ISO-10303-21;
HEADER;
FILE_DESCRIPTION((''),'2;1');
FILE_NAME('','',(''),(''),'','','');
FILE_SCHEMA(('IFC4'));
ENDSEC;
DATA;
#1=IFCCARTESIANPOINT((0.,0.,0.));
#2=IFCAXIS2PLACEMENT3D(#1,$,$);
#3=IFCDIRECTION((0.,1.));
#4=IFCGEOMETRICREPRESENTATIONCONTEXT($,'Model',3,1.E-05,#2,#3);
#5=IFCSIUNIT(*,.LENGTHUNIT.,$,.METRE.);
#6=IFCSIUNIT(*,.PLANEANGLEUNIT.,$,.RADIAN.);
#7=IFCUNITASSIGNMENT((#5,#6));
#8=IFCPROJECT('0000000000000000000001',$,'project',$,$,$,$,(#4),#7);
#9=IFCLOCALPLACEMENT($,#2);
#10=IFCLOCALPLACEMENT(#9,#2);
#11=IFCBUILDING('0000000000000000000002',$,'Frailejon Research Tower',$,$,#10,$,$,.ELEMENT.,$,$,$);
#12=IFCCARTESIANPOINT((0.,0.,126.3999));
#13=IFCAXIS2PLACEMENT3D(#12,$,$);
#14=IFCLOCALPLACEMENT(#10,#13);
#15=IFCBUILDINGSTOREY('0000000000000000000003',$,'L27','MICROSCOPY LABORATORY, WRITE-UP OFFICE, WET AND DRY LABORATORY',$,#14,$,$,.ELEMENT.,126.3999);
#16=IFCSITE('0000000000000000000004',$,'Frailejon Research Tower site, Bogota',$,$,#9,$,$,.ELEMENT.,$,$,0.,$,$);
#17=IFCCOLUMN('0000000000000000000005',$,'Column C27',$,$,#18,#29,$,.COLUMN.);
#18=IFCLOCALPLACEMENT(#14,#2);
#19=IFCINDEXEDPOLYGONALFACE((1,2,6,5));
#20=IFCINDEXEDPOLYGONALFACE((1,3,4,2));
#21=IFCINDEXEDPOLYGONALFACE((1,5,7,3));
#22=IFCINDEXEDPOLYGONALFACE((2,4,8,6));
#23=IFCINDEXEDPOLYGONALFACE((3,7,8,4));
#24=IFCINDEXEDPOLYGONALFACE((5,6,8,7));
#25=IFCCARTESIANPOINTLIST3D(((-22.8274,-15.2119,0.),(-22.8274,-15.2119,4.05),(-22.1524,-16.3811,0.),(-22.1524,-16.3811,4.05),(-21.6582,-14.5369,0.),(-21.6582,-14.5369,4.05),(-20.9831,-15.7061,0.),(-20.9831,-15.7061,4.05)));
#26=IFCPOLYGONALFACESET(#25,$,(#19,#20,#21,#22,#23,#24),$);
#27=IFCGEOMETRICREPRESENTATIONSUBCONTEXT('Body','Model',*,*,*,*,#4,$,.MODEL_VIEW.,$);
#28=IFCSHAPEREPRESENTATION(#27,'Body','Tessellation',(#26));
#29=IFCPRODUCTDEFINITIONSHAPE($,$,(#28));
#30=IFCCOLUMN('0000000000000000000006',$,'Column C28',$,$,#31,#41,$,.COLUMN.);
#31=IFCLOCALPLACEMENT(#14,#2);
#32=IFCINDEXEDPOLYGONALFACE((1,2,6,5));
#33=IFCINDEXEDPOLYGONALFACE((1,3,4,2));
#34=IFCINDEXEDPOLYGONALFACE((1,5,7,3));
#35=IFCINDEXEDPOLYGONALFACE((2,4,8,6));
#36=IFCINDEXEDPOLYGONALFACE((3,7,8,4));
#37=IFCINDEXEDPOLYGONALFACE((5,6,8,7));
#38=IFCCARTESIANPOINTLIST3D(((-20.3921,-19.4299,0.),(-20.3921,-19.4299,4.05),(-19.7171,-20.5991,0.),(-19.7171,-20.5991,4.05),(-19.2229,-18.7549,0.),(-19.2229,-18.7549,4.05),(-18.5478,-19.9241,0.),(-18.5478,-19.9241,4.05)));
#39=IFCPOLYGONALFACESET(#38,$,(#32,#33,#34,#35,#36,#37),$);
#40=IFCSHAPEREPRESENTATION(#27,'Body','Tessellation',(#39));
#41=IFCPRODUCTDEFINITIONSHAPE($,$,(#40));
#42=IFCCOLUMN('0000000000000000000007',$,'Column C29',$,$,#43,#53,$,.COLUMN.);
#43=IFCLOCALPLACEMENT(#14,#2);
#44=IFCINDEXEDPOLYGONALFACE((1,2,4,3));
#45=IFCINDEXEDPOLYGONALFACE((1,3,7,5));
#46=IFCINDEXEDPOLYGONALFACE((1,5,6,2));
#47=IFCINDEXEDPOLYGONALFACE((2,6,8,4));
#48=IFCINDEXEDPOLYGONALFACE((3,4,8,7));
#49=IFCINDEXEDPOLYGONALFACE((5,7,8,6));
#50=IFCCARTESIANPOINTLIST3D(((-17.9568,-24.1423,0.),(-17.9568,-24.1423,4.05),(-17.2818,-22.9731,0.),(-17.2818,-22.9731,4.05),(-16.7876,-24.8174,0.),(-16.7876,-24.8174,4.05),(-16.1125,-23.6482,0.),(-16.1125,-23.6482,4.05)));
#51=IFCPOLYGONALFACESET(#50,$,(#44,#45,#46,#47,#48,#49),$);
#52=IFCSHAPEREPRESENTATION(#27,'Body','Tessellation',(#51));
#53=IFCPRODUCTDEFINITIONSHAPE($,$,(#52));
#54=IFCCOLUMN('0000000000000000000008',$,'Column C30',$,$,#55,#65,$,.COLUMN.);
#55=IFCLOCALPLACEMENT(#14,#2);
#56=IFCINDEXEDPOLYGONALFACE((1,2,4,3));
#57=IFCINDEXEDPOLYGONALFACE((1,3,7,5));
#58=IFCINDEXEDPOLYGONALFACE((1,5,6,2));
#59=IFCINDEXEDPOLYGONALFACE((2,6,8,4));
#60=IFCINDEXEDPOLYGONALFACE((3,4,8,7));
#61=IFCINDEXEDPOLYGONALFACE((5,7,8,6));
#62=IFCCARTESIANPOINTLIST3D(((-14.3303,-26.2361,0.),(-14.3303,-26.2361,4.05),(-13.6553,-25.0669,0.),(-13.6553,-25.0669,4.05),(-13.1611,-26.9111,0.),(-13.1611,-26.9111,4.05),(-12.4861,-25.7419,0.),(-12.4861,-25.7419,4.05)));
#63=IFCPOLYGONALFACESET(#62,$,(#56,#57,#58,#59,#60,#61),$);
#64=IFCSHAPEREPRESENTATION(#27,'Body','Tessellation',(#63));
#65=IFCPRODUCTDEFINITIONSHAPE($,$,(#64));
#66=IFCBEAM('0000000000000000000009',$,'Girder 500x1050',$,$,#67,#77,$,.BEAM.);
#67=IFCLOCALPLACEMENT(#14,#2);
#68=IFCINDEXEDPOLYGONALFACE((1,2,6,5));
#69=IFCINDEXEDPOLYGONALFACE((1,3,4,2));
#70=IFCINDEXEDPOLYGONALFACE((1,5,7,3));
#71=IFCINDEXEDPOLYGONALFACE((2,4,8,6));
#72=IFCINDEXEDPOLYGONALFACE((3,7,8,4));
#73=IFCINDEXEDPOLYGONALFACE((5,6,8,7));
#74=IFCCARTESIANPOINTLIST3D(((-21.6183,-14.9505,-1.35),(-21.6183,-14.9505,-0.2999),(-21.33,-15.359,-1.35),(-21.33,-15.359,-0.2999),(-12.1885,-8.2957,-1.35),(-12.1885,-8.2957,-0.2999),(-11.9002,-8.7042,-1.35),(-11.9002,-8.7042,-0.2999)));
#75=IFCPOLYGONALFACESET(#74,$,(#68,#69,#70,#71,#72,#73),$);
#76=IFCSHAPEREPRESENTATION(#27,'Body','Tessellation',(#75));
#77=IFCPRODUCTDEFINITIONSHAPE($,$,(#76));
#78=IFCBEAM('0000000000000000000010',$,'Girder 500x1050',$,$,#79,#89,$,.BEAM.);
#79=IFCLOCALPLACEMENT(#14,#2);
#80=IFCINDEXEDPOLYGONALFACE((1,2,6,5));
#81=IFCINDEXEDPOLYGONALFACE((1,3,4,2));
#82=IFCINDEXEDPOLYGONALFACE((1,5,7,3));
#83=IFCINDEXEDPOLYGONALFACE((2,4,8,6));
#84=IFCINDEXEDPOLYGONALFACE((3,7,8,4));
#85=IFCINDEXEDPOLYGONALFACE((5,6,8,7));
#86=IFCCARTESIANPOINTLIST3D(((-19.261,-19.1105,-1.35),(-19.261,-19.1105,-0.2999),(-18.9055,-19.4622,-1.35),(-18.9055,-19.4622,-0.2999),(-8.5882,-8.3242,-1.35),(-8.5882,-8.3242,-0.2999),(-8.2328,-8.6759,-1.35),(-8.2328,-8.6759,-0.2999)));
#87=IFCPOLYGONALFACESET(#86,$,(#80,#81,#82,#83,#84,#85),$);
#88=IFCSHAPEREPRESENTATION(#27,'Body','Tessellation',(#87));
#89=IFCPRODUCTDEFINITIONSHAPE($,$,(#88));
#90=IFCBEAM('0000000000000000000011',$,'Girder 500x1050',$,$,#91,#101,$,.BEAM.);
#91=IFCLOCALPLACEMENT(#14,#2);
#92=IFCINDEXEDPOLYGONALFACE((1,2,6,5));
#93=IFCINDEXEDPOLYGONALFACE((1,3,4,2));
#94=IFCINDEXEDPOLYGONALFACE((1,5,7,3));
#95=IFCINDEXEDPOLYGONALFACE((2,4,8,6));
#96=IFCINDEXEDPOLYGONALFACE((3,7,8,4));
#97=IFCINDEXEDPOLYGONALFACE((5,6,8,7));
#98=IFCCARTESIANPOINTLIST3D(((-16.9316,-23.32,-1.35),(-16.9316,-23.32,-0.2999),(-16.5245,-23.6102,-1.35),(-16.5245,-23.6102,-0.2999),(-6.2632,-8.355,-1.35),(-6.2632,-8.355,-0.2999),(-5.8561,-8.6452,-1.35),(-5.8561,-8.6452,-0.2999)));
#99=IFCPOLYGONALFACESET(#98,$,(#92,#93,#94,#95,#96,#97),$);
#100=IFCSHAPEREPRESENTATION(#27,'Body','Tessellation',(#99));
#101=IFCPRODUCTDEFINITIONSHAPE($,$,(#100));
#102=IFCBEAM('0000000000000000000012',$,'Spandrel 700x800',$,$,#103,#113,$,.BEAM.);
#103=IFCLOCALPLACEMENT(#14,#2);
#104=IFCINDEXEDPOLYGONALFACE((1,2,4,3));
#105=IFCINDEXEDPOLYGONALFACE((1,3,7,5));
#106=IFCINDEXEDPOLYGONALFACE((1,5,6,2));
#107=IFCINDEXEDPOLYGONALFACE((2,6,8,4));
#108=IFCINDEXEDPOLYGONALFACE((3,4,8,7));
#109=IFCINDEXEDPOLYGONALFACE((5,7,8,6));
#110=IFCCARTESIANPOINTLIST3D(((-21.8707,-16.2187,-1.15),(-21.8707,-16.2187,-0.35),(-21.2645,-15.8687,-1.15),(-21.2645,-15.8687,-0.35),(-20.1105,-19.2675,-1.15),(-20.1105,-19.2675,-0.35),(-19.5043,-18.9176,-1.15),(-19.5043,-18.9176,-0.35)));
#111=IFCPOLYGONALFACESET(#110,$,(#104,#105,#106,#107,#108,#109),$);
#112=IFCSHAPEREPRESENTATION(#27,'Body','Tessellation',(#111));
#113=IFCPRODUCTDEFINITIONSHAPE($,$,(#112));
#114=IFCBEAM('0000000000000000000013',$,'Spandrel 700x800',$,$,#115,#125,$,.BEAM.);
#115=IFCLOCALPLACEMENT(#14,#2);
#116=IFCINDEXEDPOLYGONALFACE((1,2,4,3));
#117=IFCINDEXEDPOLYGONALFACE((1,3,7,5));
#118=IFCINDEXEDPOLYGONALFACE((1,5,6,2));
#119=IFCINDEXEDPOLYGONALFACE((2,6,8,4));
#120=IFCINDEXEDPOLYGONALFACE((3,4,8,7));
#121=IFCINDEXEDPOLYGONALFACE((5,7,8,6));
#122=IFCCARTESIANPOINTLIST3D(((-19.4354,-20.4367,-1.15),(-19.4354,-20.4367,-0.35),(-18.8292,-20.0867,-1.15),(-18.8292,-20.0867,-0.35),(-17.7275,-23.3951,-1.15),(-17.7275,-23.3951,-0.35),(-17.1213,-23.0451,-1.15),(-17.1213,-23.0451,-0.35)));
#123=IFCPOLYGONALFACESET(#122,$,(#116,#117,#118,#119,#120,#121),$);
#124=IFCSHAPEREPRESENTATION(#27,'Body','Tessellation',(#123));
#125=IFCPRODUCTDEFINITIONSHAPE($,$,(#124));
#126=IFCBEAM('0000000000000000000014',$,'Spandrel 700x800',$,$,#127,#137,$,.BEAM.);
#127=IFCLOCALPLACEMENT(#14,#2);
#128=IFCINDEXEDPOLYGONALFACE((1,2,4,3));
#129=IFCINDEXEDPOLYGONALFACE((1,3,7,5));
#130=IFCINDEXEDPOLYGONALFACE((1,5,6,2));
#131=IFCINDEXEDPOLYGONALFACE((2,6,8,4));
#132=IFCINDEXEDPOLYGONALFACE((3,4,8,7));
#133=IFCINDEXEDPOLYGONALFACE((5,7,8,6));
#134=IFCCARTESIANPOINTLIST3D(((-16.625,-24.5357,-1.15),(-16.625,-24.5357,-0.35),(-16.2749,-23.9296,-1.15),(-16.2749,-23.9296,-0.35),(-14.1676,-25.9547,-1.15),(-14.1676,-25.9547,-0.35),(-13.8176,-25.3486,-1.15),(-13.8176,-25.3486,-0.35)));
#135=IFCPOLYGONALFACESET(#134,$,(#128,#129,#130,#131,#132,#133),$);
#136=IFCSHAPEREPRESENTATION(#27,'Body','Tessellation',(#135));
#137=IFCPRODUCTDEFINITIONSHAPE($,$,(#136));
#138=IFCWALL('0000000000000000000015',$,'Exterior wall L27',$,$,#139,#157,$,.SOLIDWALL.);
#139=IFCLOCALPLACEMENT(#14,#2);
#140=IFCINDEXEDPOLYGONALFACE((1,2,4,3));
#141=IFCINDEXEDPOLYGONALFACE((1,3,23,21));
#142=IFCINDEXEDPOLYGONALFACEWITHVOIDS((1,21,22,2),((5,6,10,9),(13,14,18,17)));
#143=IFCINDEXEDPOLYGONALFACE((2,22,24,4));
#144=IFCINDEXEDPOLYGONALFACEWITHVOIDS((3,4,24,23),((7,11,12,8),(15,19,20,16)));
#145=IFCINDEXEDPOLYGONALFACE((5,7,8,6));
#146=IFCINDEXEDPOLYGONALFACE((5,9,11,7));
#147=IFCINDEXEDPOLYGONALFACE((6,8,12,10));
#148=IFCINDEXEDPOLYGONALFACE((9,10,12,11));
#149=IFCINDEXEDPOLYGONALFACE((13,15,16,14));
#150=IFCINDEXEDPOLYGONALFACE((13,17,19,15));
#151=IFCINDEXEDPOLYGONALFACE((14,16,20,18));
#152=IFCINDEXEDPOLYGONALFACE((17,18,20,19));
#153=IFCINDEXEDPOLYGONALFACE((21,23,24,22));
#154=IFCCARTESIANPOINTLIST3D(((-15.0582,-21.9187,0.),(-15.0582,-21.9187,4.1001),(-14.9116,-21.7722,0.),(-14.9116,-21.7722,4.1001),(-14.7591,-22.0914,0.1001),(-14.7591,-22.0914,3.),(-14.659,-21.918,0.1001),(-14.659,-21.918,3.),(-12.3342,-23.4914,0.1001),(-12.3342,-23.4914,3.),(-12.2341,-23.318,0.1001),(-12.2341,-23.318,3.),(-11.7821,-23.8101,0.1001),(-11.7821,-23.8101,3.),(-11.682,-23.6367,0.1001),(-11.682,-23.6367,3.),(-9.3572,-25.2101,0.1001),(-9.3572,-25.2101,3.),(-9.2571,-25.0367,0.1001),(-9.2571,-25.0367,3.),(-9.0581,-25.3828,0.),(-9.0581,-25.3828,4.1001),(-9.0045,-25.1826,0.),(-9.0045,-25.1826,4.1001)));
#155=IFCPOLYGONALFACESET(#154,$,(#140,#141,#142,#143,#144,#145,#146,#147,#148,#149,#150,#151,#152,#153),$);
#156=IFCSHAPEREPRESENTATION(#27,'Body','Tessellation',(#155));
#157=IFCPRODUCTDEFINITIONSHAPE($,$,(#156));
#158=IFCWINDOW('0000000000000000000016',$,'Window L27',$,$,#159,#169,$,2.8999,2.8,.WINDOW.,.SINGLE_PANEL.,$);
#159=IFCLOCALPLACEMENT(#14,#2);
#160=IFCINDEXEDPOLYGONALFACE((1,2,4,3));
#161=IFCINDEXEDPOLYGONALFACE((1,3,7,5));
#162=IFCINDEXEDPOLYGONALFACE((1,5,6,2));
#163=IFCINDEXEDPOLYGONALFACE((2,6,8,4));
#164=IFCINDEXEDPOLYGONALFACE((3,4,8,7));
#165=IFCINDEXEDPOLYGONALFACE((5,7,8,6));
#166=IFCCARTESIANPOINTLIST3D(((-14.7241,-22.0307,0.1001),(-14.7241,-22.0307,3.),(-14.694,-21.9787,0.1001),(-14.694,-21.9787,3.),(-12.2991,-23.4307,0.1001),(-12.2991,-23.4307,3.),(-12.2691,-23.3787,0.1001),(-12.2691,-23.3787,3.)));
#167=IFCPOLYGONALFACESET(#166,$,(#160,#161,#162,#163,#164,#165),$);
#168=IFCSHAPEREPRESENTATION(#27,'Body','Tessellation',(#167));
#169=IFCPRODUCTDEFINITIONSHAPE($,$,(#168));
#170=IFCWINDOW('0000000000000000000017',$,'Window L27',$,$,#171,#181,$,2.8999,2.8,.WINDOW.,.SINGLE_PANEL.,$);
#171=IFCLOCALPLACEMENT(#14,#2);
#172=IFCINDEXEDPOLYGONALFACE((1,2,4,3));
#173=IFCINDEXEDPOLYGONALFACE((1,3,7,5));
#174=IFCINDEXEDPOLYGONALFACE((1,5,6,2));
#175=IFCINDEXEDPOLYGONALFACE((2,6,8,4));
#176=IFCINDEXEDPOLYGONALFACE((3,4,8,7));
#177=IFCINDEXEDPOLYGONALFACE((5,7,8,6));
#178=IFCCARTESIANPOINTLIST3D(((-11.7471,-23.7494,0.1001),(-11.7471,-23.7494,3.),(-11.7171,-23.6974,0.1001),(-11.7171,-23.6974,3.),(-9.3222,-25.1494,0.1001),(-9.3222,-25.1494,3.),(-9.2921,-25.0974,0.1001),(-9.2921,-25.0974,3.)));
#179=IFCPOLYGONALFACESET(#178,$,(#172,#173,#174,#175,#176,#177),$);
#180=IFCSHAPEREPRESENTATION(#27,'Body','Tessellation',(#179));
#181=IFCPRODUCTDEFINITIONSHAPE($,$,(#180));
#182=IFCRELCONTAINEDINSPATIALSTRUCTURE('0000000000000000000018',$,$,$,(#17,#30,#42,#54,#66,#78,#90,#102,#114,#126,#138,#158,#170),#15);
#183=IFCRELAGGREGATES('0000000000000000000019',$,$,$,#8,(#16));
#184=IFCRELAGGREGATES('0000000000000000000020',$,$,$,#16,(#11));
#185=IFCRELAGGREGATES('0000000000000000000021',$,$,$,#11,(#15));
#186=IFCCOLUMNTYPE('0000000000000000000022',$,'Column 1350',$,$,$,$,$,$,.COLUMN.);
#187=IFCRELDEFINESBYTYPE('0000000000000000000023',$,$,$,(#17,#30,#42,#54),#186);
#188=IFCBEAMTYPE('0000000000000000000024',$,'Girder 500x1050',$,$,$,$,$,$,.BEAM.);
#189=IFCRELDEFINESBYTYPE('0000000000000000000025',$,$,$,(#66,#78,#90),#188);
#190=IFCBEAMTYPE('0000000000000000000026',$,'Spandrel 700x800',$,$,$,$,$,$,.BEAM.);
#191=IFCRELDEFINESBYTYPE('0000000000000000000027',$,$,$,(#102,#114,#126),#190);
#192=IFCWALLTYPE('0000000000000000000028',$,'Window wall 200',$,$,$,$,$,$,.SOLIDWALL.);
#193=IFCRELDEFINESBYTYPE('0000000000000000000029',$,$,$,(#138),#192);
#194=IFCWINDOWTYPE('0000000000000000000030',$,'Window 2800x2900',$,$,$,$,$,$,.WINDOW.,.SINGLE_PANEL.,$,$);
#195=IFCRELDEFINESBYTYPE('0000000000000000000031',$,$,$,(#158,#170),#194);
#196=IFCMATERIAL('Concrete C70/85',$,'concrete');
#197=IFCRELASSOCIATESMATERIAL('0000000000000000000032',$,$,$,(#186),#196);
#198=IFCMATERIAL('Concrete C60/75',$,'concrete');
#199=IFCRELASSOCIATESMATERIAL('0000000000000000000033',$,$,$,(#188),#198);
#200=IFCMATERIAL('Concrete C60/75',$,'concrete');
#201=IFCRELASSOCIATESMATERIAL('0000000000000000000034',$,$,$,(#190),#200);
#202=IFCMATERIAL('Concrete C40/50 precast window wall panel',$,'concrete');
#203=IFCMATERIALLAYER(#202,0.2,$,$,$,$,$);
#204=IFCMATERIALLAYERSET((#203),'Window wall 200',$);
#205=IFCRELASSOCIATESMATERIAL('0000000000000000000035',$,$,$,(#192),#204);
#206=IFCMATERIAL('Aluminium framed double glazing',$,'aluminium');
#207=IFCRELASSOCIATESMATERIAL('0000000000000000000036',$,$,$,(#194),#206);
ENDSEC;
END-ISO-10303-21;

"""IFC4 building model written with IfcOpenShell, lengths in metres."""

from ifc_helpers import new_model, si_unit, direction, frame, frame_2d, origin, origin_2d, place, context, subcontext, project, spatial, polyline, rectangle, outline, extrude, material, layer, layer_set, material_profile, profile_set, type_object, element, fill, save


model = new_model("IFC4")

# Units and contexts
model_context = context("Model", 3, precision=1e-05, world=origin(), true_north=direction((0.0, 1.0)))
body_context = subcontext(model_context, "Body", "Model", "MODEL_VIEW")
ifc_project = project(units=[si_unit("LENGTHUNIT", "METRE"), si_unit("PLANEANGLEUNIT", "RADIAN")], contexts=[model_context])

# Site, building, storey
site_placement = place(None, origin())
site = spatial("IfcSite", under=ifc_project, at=site_placement, Name="Frailejon Research Tower site, Bogota", CompositionType="ELEMENT", RefElevation=0.0)
building_placement = place(site_placement, origin())
building = spatial("IfcBuilding", under=site, at=building_placement, Name="Frailejon Research Tower", CompositionType="ELEMENT")
storey_placement = place(building_placement, frame((0.0, 0.0, 126.3999)))
storey = spatial("IfcBuildingStorey", under=building, at=storey_placement, Name="L27", Description="MICROSCOPY LABORATORY, WRITE-UP OFFICE, WET AND DRY LABORATORY", CompositionType="ELEMENT", Elevation=126.3999)

# Columns
ifc_material_1 = material(Name="Concrete C70/85", Category="concrete")
ifc_material_profile_1 = material_profile(ifc_material_1, rectangle(XDim=1.3501, YDim=1.3501, at=origin_2d()), Name="Column 1350")
ifc_profile_set_1 = profile_set([ifc_material_profile_1], Name="Concrete C70/85")
column_type = type_object("IfcColumnType", Name="Column 1350", PredefinedType="COLUMN", material=ifc_profile_set_1)
for number, where, z_axis, x_axis, name in (
    (1, (-21.9053, -15.459, 0.0), (0.0, 0.0, 1.0), (0.5, -0.866025, 0.0), "Column C27"),
    (2, (-19.47, -19.677, 0.0), (0.0, 0.0, 1.0), (0.5, -0.866025, 0.0), "Column C28"),
    (3, (-17.0347, -23.8953, 0.0), (0.0, 0.0, 1.0), (0.866025, -0.5, 0.0), "Column C29"),
    (4, (-13.4082, -25.989, 0.0), (0.0, 0.0, 1.0), (0.866025, -0.5, 0.0), "Column C30"),
):
    element("IfcColumn", number, at=place(storey_placement, frame(where, z_axis=z_axis, x_axis=x_axis)), inside=storey, type_object=column_type, Name=name, PredefinedType="COLUMN", context=body_context, shape_type="SweptSolid", body=[
        extrude(rectangle(XDim=1.3501, YDim=1.3501, at=origin_2d()), origin(), (0.0, 0.0, 1.0), 4.05),
    ])

# Beams
ifc_material_2 = material(Name="Concrete C60/75", Category="concrete")
ifc_material_profile_2 = material_profile(ifc_material_2, rectangle(XDim=0.5, YDim=1.05, at=origin_2d()), Name="Girder 500x1050")
ifc_profile_set_2 = profile_set([ifc_material_profile_2], Name="Concrete C60/75")
beam_type_1 = type_object("IfcBeamType", Name="Girder 500x1050", PredefinedType="BEAM", material=ifc_profile_set_2)
beam_1_placement = place(storey_placement, frame((-21.4741, -15.1548, -0.825), z_axis=(0.817028, 0.576598, 0.0), x_axis=(-0.576598, 0.817028, 0.0)))
element("IfcBeam", 5, at=beam_1_placement, inside=storey, type_object=beam_type_1, Name="Girder 500x1050", PredefinedType="BEAM", context=body_context, shape_type="SweptSolid", body=[
    extrude(rectangle(XDim=0.5, YDim=1.05, at=origin_2d()), origin(), (0.0, 0.0, 1.0), 11.5415),
])
beam_2_placement = place(storey_placement, frame((-19.0833, -19.2864, -0.825), z_axis=(0.703356, 0.710838, 0.0), x_axis=(-0.710838, 0.703356, 0.0)))
element("IfcBeam", 6, at=beam_2_placement, inside=storey, type_object=beam_type_1, Name="Girder 500x1050", PredefinedType="BEAM", context=body_context, shape_type="SweptSolid", body=[
    extrude(rectangle(XDim=0.5, YDim=1.05, at=origin_2d()), origin(), (0.0, 0.0, 1.0), 15.1741),
])
beam_3_placement = place(storey_placement, frame((-16.728, -23.4651, -0.825), z_axis=(0.580485, 0.814271, 0.0), x_axis=(-0.814271, 0.580485, 0.0)))
element("IfcBeam", 7, at=beam_3_placement, inside=storey, type_object=beam_type_1, Name="Girder 500x1050", PredefinedType="BEAM", context=body_context, shape_type="SweptSolid", body=[
    extrude(rectangle(XDim=0.5, YDim=1.05, at=origin_2d()), origin(), (0.0, 0.0, 1.0), 18.3784),
])
ifc_material_3 = material(Name="Concrete C60/75", Category="concrete")
ifc_material_profile_3 = material_profile(ifc_material_3, rectangle(XDim=0.7, YDim=0.8, at=origin_2d()), Name="Spandrel 700x800")
ifc_profile_set_3 = profile_set([ifc_material_profile_3], Name="Concrete C60/75")
beam_type_2 = type_object("IfcBeamType", Name="Spandrel 700x800", PredefinedType="BEAM", material=ifc_profile_set_3)
beam_4_placement = place(storey_placement, frame((-21.5676, -16.0437, -0.75), z_axis=(0.500003, -0.866024, 0.0), x_axis=(0.866024, 0.500003, 0.0)))
element("IfcBeam", 8, at=beam_4_placement, inside=storey, type_object=beam_type_2, Name="Spandrel 700x800", PredefinedType="BEAM", context=body_context, shape_type="SweptSolid", body=[
    extrude(rectangle(XDim=0.7, YDim=0.8, at=origin_2d()), origin(), (0.0, 0.0, 1.0), 3.5205),
])
beam_5_placement = place(storey_placement, frame((-19.1323, -20.2617, -0.75), z_axis=(0.499982, -0.866036, 0.0), x_axis=(0.866036, 0.499982, 0.0)))
element("IfcBeam", 9, at=beam_5_placement, inside=storey, type_object=beam_type_2, Name="Spandrel 700x800", PredefinedType="BEAM", context=body_context, shape_type="SweptSolid", body=[
    extrude(rectangle(XDim=0.7, YDim=0.8, at=origin_2d()), origin(), (0.0, 0.0, 1.0), 3.416),
])
beam_6_placement = place(storey_placement, frame((-16.45, -24.2327, -0.75), z_axis=(0.865989, -0.500063, 0.0), x_axis=(0.500063, 0.865989, 0.0)))
element("IfcBeam", 10, at=beam_6_placement, inside=storey, type_object=beam_type_2, Name="Spandrel 700x800", PredefinedType="BEAM", context=body_context, shape_type="SweptSolid", body=[
    extrude(rectangle(XDim=0.7, YDim=0.8, at=origin_2d()), origin(), (0.0, 0.0, 1.0), 2.8376),
])

# Wall, openings, windows
ifc_material_4 = material(Name="Concrete C40/50 precast window wall panel", Category="concrete")
ifc_layer_1 = layer(ifc_material_4, 0.2)
ifc_layer_set_1 = layer_set([ifc_layer_1], Name="Window wall 200")
wall_type = type_object("IfcWallType", Name="Window wall 200", PredefinedType="SOLIDWALL", material=ifc_layer_set_1)
wall_placement = place(storey_placement, frame((-14.9849, -21.8455, 0.0), z_axis=(0.0, 0.0, 1.0), x_axis=(0.866029, -0.499993, 0.0)))
wall = element("IfcWall", 11, at=wall_placement, inside=storey, type_object=wall_type, Name="Exterior wall L27", PredefinedType="SOLIDWALL", context=body_context, shape_type="SweptSolid", body=[
    extrude(outline(polyline([(-0.0269, -0.1001), (1.1279, -0.1001), (2.2825, -0.1001), (3.4373, -0.1001), (4.592, -0.1001), (5.7466, -0.1001), (6.9014, -0.1001), (6.8477, 0.1001), (5.7109, 0.1001), (4.574, 0.1001), (3.4373, 0.1001), (2.3005, 0.1001), (1.1636, 0.1001), (0.0269, 0.1001), (-0.0269, -0.1001)])), origin(), (0.0, 0.0, 1.0), 4.1001),
])
opening_1_placement = place(wall_placement, frame((0.3186, 0.0, 0.1001)))
opening_1 = element("IfcOpeningElement", 12, at=opening_1_placement, cuts=wall, PredefinedType="OPENING", context=body_context, shape_type="SweptSolid", body=[
    extrude(rectangle(XDim=2.8, YDim=2.8999, at=frame_2d((1.3999, 1.45))), frame((0.0, 0.1099, 0.0), z_axis=(0.0, -1.0, 0.0), x_axis=(1.0, 0.0, 0.0)), (0.0, 0.0, 1.0), 0.22),
])
opening_2_placement = place(wall_placement, frame((3.7561, 0.0, 0.1001)))
opening_2 = element("IfcOpeningElement", 13, at=opening_2_placement, cuts=wall, PredefinedType="OPENING", context=body_context, shape_type="SweptSolid", body=[
    extrude(rectangle(XDim=2.8, YDim=2.8999, at=frame_2d((1.3999, 1.45))), frame((0.0, 0.1099, 0.0), z_axis=(0.0, -1.0, 0.0), x_axis=(1.0, 0.0, 0.0)), (0.0, 0.0, 1.0), 0.22),
])
ifc_material_5 = material(Name="Aluminium framed double glazing", Category="aluminium")
window_type = type_object("IfcWindowType", Name="Window 2800x2900", PartitioningType="SINGLE_PANEL", PredefinedType="WINDOW", material=ifc_material_5)
window_1_placement = place(opening_1_placement, origin())
window_1 = element("IfcWindow", 14, at=window_1_placement, inside=storey, type_object=window_type, Name="Window L27", OverallHeight=2.8999, OverallWidth=2.8, PartitioningType="SINGLE_PANEL", PredefinedType="WINDOW", context=body_context, shape_type="SweptSolid", body=[
    extrude(rectangle(XDim=2.8, YDim=2.8999, at=frame_2d((1.3999, 1.45))), frame((0.0, 0.03, 0.0), z_axis=(0.0, -1.0, 0.0), x_axis=(1.0, 0.0, 0.0)), (0.0, 0.0, 1.0), 0.0601),
])
fill(opening_1, window_1)
window_2_placement = place(opening_2_placement, origin())
window_2 = element("IfcWindow", 15, at=window_2_placement, inside=storey, type_object=window_type, Name="Window L27", OverallHeight=2.8999, OverallWidth=2.8, PartitioningType="SINGLE_PANEL", PredefinedType="WINDOW", context=body_context, shape_type="SweptSolid", body=[
    extrude(rectangle(XDim=2.8, YDim=2.8999, at=frame_2d((1.3999, 1.45))), frame((0.0, 0.03, 0.0), z_axis=(0.0, -1.0, 0.0), x_axis=(1.0, 0.0, 0.0)), (0.0, 0.0, 1.0), 0.0601),
])
fill(opening_2, window_2)

save(model, "model.ifc")
